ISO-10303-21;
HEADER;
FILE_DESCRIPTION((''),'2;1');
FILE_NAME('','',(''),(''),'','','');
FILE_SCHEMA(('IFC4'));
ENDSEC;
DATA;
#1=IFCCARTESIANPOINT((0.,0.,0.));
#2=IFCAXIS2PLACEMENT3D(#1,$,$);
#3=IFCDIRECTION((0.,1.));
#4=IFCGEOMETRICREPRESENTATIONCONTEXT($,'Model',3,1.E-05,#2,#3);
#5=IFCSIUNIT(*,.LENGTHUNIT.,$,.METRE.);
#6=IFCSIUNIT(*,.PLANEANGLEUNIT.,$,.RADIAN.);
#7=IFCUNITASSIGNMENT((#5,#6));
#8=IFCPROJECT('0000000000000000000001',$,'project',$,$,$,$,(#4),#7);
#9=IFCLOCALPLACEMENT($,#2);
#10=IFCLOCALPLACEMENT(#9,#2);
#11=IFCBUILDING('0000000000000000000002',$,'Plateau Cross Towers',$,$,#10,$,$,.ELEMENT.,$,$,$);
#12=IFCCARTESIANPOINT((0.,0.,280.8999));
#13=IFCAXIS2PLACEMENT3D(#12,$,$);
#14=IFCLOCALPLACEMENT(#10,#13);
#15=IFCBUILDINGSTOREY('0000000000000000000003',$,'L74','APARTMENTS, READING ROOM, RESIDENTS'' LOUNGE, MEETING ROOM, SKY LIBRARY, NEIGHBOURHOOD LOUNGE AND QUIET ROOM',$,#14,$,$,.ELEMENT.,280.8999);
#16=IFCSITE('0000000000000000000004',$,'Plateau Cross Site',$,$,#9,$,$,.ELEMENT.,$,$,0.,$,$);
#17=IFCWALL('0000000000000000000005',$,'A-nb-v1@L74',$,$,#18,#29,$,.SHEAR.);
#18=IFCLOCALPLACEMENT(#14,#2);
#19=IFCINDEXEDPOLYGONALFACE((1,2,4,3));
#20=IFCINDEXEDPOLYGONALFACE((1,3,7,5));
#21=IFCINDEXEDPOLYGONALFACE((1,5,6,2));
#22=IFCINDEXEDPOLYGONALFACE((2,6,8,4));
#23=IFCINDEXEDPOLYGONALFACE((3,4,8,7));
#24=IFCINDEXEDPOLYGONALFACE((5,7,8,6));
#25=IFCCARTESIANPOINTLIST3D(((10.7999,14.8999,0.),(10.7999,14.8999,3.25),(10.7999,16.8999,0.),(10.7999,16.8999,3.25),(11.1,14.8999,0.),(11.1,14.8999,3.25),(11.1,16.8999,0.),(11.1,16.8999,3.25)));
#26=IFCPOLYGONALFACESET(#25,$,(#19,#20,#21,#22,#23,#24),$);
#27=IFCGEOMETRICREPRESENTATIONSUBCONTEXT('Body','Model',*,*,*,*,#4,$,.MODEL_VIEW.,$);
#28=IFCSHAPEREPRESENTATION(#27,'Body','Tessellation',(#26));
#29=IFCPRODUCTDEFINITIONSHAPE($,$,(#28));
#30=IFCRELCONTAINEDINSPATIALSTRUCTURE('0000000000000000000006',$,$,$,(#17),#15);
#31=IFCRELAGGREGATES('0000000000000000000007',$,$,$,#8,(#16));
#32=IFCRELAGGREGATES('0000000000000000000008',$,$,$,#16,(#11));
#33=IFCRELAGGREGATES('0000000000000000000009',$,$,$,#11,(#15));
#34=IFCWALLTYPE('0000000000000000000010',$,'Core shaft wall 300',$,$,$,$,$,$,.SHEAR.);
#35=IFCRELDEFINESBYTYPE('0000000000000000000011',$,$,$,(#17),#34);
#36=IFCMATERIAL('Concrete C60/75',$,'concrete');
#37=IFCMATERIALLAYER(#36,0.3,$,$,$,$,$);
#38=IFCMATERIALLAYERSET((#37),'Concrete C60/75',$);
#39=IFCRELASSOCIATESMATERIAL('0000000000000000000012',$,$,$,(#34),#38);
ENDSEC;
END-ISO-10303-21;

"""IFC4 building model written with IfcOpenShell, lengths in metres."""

from ifc_helpers import new_model, si_unit, direction, frame, frame_2d, origin, place, context, subcontext, project, spatial, rectangle, extrude, material, layer, layer_set, type_object, element, save


model = new_model("IFC4")

# Units and contexts
model_context = context("Model", 3, precision=1e-05, world=origin(), true_north=direction((0.0, 1.0)))
body_context = subcontext(model_context, "Body", "Model", "MODEL_VIEW")
ifc_project = project(units=[si_unit("LENGTHUNIT", "METRE"), si_unit("PLANEANGLEUNIT", "RADIAN")], contexts=[model_context])

# Site, building, storey
site_placement = place(None, origin())
site = spatial("IfcSite", under=ifc_project, at=site_placement, Name="Plateau Cross Site", CompositionType="ELEMENT", RefElevation=0.0)
building_placement = place(site_placement, origin())
building = spatial("IfcBuilding", under=site, at=building_placement, Name="Plateau Cross Towers", CompositionType="ELEMENT")
storey_placement = place(building_placement, frame((0.0, 0.0, 280.8999)))
storey = spatial("IfcBuildingStorey", under=building, at=storey_placement, Name="L74", Description="APARTMENTS, READING ROOM, RESIDENTS' LOUNGE, MEETING ROOM, SKY LIBRARY, NEIGHBOURHOOD LOUNGE AND QUIET ROOM", CompositionType="ELEMENT", Elevation=280.8999)

# Shared definitions
ifc_material_1 = material(Name="Concrete C60/75", Category="concrete")
ifc_layer_1 = layer(ifc_material_1, 0.3)
ifc_layer_set_1 = layer_set([ifc_layer_1], Name="Concrete C60/75")
wall_type_1 = type_object("IfcWallType", Name="Core shaft wall 300", PredefinedType="SHEAR", material=ifc_layer_set_1)

# Wall
wall_1_placement = place(storey_placement, frame((10.95, 14.8999, 0.0), z_axis=(0.0, 0.0, 1.0), x_axis=(0.0, 1.0, 0.0)))
element("IfcWall", 1, at=wall_1_placement, inside=storey, type_object=wall_type_1, Name="A-nb-v1@L74", PredefinedType="SHEAR", context=body_context, shape_type="SweptSolid", body=[
    extrude(rectangle(XDim=2.0, YDim=0.3, at=frame_2d((1.0, 0.0))), origin(), (0.0, 0.0, 1.0), 3.25),
])

save(model, "model.ifc")
